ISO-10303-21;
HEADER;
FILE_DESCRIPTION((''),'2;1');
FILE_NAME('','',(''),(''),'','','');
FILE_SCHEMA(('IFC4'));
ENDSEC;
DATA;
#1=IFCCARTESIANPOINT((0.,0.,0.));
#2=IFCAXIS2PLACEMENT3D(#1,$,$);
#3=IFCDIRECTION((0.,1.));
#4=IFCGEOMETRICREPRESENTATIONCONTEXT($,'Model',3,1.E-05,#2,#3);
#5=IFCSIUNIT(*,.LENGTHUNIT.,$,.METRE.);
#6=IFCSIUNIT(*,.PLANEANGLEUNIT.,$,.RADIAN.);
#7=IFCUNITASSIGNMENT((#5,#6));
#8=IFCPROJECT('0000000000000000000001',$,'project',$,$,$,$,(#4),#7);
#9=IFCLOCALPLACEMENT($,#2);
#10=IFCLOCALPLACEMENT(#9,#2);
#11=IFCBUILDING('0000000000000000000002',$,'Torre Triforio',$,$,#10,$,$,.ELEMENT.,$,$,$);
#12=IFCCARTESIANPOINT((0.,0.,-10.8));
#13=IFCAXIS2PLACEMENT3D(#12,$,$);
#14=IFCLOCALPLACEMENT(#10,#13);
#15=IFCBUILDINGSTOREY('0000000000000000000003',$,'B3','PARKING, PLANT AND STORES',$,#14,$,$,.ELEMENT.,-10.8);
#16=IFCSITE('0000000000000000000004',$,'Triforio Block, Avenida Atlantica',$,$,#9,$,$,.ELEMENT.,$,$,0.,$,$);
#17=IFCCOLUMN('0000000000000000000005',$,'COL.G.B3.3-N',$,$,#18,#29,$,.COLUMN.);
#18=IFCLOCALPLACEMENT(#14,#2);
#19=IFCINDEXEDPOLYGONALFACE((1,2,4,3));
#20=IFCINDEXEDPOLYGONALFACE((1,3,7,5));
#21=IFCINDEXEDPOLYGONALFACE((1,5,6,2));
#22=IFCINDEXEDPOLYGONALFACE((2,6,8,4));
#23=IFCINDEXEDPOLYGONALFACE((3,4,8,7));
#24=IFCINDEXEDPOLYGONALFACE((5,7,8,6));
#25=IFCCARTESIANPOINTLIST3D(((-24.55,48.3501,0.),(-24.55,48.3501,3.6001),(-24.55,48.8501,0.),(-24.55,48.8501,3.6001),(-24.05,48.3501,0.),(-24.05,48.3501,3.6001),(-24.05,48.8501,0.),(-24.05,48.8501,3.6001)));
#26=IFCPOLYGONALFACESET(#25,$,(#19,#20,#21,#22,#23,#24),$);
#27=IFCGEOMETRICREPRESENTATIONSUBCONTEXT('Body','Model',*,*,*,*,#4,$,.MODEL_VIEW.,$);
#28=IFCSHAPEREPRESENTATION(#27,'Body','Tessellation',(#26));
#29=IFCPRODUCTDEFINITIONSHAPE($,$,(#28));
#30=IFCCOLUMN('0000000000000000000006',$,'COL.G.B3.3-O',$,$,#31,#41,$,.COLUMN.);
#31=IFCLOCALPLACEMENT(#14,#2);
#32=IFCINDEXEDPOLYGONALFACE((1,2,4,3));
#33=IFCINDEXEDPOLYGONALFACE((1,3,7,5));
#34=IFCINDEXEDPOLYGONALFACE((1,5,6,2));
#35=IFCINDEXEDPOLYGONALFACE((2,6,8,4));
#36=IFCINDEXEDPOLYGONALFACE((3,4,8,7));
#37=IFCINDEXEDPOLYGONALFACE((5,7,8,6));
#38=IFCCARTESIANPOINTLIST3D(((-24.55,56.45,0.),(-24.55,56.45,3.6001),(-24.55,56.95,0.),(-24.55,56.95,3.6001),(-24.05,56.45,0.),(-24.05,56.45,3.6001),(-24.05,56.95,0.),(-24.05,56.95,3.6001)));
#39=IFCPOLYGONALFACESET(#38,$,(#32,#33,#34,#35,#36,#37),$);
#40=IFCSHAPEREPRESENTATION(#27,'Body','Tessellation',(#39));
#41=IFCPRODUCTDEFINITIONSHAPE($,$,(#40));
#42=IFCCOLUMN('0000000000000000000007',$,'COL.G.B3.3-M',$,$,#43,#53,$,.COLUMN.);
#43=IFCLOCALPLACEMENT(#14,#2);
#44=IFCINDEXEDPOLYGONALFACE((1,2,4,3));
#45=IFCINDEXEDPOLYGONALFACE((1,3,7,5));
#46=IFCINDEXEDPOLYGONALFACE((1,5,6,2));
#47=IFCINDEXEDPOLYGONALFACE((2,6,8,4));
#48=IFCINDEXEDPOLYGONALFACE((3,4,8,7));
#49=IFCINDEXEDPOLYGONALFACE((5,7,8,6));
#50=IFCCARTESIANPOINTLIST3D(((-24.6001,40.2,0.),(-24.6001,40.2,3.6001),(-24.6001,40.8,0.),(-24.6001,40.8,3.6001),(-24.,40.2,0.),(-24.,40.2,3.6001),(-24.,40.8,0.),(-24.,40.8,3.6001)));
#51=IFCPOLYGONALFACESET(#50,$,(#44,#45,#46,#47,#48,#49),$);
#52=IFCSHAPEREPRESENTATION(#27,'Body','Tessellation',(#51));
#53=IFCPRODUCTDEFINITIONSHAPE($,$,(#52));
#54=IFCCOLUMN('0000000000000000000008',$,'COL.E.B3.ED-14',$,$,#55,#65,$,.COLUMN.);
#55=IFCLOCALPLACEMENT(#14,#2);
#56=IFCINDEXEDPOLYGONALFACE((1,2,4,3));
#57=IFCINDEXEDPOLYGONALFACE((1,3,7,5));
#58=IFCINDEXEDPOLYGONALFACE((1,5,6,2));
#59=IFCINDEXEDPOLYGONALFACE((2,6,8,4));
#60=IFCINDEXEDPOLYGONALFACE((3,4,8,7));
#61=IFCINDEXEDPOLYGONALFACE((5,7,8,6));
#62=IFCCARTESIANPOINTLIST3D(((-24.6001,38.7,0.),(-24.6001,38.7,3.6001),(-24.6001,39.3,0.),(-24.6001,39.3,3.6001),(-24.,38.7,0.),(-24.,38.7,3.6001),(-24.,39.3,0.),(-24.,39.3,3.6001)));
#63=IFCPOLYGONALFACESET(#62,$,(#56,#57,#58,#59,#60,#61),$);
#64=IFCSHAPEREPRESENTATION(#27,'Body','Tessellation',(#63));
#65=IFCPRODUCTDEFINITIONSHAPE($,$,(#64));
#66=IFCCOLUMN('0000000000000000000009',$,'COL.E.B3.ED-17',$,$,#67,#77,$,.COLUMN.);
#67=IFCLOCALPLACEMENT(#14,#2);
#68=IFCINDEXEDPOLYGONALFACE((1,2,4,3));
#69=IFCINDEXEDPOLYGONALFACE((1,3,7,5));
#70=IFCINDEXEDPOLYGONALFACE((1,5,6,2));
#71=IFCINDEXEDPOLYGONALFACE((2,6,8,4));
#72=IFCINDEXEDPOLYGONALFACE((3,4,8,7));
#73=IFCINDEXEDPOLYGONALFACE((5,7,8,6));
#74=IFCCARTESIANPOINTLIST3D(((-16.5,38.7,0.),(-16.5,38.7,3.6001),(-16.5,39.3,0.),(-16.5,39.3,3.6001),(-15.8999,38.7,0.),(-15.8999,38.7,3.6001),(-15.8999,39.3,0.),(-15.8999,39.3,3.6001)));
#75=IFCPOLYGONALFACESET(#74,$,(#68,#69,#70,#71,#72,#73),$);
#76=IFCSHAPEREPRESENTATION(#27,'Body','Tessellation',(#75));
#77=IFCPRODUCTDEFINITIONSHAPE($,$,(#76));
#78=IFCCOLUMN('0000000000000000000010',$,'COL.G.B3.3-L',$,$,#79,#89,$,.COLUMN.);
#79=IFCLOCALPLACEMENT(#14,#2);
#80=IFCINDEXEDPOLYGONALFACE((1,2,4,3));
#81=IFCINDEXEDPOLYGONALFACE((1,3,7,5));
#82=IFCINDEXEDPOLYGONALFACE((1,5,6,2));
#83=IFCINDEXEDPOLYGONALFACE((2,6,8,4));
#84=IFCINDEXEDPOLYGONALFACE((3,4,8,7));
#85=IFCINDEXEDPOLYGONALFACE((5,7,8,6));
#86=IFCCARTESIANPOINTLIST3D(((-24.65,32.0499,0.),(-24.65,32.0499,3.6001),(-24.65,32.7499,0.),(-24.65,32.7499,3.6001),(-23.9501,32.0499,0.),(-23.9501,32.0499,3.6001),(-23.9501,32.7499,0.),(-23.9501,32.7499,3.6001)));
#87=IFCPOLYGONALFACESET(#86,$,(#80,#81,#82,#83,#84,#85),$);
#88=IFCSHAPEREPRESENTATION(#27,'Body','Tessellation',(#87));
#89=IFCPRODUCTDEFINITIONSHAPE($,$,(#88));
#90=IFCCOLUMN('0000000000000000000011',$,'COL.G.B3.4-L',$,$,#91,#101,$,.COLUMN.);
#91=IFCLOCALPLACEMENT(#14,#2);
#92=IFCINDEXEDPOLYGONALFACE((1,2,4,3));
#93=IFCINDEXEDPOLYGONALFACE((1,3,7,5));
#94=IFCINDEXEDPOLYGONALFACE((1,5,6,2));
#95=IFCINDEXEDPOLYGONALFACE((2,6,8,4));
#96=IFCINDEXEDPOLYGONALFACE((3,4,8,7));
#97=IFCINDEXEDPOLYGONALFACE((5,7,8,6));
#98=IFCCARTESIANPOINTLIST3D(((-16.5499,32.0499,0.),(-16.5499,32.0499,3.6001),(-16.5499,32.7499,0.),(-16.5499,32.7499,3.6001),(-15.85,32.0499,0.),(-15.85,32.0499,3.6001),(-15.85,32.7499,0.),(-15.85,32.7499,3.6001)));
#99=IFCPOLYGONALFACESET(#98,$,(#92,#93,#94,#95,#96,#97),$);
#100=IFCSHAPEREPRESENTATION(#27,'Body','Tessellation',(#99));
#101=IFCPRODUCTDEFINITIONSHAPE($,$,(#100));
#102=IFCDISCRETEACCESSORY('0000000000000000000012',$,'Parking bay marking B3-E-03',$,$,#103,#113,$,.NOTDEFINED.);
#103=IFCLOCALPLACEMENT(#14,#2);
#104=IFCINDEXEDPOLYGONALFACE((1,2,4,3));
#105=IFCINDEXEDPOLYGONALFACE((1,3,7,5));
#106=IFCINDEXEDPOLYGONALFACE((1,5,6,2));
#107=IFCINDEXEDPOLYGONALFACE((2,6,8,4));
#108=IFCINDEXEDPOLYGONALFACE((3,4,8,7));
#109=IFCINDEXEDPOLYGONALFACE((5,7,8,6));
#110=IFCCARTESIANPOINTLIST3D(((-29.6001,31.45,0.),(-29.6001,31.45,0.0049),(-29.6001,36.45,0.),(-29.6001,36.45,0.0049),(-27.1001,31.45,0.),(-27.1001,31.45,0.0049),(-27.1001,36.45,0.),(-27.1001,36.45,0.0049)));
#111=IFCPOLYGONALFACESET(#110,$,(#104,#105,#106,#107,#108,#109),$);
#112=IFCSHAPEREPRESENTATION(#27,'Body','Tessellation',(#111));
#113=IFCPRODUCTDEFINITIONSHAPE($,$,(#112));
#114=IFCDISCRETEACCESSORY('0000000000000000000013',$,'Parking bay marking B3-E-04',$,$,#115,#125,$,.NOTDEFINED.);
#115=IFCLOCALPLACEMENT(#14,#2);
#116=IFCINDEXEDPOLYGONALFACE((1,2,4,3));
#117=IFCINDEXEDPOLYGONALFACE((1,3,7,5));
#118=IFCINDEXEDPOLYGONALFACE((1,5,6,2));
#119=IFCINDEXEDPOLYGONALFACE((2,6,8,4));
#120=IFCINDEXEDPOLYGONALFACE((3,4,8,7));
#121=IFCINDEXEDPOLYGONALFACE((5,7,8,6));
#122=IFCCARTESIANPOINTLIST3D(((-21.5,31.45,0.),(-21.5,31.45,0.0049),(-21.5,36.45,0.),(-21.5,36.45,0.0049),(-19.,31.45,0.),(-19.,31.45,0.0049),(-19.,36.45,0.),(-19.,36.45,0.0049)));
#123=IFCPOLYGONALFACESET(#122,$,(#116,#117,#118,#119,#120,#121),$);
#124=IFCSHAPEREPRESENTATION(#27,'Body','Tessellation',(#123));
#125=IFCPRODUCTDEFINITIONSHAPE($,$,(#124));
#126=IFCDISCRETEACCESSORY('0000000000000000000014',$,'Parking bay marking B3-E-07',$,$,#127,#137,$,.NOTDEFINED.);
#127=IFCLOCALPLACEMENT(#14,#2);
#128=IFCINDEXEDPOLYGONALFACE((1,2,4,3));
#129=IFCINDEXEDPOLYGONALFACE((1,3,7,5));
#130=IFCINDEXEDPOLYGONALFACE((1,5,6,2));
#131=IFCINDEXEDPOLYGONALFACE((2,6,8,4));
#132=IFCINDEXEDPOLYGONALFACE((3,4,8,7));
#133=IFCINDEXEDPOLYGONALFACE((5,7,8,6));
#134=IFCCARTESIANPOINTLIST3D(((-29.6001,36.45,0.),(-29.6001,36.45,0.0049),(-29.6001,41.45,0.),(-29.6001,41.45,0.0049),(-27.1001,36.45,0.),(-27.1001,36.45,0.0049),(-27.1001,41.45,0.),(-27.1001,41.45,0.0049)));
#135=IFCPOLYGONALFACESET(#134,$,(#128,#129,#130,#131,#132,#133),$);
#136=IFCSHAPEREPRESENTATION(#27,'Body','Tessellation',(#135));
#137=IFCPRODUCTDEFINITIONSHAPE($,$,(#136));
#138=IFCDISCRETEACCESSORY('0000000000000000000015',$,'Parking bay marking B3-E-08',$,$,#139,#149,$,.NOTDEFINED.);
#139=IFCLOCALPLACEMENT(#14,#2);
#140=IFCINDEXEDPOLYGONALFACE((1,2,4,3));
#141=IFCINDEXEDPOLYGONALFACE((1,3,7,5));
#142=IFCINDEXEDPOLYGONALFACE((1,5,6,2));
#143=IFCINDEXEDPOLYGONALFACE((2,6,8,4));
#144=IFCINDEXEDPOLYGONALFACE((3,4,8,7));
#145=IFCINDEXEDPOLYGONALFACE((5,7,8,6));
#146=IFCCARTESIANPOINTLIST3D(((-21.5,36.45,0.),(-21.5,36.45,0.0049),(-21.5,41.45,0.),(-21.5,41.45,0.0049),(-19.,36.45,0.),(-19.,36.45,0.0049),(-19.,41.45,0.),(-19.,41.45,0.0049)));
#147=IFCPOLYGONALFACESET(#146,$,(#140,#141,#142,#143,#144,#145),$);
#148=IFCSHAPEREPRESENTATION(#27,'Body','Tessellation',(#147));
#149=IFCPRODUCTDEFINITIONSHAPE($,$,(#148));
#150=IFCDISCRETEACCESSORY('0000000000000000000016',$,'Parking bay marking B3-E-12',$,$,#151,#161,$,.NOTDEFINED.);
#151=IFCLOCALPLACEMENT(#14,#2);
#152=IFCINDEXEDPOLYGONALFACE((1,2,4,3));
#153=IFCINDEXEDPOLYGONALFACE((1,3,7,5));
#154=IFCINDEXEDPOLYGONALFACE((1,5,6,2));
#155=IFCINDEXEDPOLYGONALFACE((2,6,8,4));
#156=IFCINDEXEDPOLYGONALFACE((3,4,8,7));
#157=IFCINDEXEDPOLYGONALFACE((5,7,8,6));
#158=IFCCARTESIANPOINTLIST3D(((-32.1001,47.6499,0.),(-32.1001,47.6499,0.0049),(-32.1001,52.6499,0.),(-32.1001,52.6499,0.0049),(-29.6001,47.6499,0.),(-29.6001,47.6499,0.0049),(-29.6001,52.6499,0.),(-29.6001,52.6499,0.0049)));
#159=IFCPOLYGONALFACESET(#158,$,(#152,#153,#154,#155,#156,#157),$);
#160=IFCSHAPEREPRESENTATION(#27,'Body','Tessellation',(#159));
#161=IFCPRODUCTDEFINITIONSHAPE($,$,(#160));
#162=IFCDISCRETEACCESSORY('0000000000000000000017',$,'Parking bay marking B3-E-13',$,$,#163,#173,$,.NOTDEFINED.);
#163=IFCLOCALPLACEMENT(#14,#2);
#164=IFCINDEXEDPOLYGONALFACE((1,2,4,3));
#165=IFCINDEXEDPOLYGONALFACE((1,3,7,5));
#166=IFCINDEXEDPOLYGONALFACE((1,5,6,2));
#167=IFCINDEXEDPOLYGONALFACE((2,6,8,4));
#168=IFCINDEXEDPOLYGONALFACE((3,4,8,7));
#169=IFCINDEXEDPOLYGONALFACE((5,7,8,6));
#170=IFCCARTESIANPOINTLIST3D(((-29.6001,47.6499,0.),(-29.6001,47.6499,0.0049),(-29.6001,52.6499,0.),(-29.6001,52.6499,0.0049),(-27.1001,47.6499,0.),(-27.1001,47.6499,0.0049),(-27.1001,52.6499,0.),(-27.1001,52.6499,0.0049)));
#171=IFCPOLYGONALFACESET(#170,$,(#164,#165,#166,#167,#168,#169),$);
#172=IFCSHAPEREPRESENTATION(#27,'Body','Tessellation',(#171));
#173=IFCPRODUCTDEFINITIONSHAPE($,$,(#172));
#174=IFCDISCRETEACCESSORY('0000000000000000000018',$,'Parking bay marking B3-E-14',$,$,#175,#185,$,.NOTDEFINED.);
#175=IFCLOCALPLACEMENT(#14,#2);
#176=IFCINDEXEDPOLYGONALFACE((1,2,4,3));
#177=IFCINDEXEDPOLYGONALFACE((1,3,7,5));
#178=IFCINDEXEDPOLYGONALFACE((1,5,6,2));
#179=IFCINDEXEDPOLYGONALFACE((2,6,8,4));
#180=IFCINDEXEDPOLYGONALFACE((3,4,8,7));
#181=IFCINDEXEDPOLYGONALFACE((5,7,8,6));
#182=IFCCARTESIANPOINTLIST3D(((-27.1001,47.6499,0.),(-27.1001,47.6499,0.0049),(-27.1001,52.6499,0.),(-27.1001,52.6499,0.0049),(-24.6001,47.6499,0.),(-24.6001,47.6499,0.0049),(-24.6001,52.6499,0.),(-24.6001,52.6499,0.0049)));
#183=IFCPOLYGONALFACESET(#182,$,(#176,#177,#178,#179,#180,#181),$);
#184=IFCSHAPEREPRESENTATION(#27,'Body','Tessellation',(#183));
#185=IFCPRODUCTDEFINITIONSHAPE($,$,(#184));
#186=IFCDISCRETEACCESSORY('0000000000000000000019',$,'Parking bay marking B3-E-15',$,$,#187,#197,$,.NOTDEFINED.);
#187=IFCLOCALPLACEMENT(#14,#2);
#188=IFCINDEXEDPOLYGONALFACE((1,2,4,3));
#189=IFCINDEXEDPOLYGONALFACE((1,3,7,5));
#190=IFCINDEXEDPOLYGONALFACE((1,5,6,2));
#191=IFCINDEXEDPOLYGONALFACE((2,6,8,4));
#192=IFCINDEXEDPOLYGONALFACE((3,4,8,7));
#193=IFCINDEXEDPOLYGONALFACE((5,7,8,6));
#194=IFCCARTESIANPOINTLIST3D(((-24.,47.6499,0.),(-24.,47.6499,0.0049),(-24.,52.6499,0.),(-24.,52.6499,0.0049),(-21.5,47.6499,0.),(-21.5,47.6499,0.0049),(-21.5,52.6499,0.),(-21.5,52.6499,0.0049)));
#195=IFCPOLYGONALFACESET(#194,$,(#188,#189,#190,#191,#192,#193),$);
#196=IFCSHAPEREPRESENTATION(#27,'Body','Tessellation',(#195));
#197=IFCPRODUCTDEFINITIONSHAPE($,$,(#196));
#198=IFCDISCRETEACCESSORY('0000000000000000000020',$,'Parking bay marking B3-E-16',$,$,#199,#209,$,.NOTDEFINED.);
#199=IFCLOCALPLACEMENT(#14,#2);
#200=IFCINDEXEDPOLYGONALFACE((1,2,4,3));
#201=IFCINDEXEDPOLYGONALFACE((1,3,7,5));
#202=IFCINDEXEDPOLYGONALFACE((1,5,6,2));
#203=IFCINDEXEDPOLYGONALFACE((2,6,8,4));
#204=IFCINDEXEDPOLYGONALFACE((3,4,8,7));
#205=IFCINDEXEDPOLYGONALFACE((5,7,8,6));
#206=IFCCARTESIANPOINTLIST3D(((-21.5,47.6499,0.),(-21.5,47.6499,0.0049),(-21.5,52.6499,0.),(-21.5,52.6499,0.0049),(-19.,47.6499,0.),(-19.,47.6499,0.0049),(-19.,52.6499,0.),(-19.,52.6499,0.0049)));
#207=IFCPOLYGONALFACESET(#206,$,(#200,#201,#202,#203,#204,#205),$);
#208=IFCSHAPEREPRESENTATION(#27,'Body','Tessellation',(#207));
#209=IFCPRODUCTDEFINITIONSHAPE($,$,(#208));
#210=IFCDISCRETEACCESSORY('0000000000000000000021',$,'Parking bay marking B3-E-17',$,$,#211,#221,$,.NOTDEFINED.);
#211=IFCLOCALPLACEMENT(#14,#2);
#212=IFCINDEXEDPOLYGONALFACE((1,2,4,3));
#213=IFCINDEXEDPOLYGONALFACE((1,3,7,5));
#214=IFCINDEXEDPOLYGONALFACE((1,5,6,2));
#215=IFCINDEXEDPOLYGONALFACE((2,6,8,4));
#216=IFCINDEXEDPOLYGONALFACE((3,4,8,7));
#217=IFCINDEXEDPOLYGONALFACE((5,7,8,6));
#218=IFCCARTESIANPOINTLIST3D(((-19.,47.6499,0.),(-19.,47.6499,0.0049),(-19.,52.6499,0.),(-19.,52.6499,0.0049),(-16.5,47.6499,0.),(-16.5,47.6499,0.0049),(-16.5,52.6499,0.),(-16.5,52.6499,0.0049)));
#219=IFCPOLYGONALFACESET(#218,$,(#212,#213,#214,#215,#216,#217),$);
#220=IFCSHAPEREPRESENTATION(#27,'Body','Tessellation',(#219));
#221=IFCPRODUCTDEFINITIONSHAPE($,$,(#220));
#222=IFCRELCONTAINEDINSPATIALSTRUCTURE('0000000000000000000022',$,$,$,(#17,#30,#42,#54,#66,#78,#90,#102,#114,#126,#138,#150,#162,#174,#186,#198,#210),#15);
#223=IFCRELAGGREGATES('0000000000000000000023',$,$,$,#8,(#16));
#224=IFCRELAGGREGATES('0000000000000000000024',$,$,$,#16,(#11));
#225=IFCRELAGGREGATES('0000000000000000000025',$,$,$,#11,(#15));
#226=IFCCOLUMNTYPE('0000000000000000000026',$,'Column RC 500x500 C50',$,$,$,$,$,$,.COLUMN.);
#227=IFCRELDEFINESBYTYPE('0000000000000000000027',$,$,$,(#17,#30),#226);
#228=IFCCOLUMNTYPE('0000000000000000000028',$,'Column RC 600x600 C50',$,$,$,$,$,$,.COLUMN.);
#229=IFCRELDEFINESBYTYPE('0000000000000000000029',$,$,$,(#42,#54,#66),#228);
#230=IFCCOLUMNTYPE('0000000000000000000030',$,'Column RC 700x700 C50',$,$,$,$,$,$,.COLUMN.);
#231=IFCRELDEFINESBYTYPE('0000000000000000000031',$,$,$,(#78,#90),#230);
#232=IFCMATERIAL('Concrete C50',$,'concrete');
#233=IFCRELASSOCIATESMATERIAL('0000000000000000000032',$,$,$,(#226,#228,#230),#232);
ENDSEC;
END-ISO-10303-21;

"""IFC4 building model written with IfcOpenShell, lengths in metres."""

from ifc_helpers import new_model, si_unit, direction, frame, origin, origin_2d, place, context, subcontext, project, spatial, rectangle, extrude, material, material_profile, profile_set, type_object, element, save


model = new_model("IFC4")

# Units and contexts
model_context = context("Model", 3, precision=1e-05, world=origin(), true_north=direction((0.0, 1.0)))
body_context = subcontext(model_context, "Body", "Model", "MODEL_VIEW")
ifc_project = project(units=[si_unit("LENGTHUNIT", "METRE"), si_unit("PLANEANGLEUNIT", "RADIAN")], contexts=[model_context])

# Site, building, storey
site_placement = place(None, origin())
site = spatial("IfcSite", under=ifc_project, at=site_placement, Name="Triforio Block, Avenida Atlantica", CompositionType="ELEMENT", RefElevation=0.0)
building_placement = place(site_placement, origin())
building = spatial("IfcBuilding", under=site, at=building_placement, Name="Torre Triforio", CompositionType="ELEMENT")
storey_placement = place(building_placement, frame((0.0, 0.0, -10.8)))
storey = spatial("IfcBuildingStorey", under=building, at=storey_placement, Name="B3", Description="PARKING, PLANT AND STORES", CompositionType="ELEMENT", Elevation=-10.8)

# Shared definitions
ifc_material_1 = material(Name="Concrete C50", Category="concrete")

# Columns
ifc_material_profile_1 = material_profile(ifc_material_1, rectangle(XDim=0.5, YDim=0.5, at=origin_2d()), Name="RC 500x500")
ifc_profile_set_1 = profile_set([ifc_material_profile_1], Name="Concrete C50")
column_type_1 = type_object("IfcColumnType", Name="Column RC 500x500 C50", PredefinedType="COLUMN", material=ifc_profile_set_1)
for number, where, z_axis, x_axis, name in (
    (1, (-24.3, 48.6001, 0.0), (0.0, 0.0, 1.0), (1.0, 0.0, 0.0), "COL.G.B3.3-N"),
    (2, (-24.3, 56.7, 0.0), (0.0, 0.0, 1.0), (1.0, 0.0, 0.0), "COL.G.B3.3-O"),
):
    element("IfcColumn", number, at=place(storey_placement, frame(where, z_axis=z_axis, x_axis=x_axis)), inside=storey, type_object=column_type_1, Name=name, PredefinedType="COLUMN", context=body_context, shape_type="SweptSolid", body=[
        extrude(rectangle(XDim=0.5, YDim=0.5, at=origin_2d()), origin(), (0.0, 0.0, 1.0), 3.6001),
    ])
ifc_material_profile_2 = material_profile(ifc_material_1, rectangle(XDim=0.6001, YDim=0.6001, at=origin_2d()), Name="RC 600x600")
ifc_profile_set_2 = profile_set([ifc_material_profile_2], Name="Concrete C50")
column_type_2 = type_object("IfcColumnType", Name="Column RC 600x600 C50", PredefinedType="COLUMN", material=ifc_profile_set_2)
for number, where, z_axis, x_axis, name in (
    (3, (-24.3, 40.5, 0.0), (0.0, 0.0, 1.0), (1.0, 0.0, 0.0), "COL.G.B3.3-M"),
    (4, (-24.3, 39.0, 0.0), (0.0, 0.0, 1.0), (1.0, 0.0, 0.0), "COL.E.B3.ED-14"),
    (5, (-16.2, 39.0, 0.0), (0.0, 0.0, 1.0), (1.0, 0.0, 0.0), "COL.E.B3.ED-17"),
):
    element("IfcColumn", number, at=place(storey_placement, frame(where, z_axis=z_axis, x_axis=x_axis)), inside=storey, type_object=column_type_2, Name=name, PredefinedType="COLUMN", context=body_context, shape_type="SweptSolid", body=[
        extrude(rectangle(XDim=0.6001, YDim=0.6001, at=origin_2d()), origin(), (0.0, 0.0, 1.0), 3.6001),
    ])
ifc_material_profile_3 = material_profile(ifc_material_1, rectangle(XDim=0.7, YDim=0.7, at=origin_2d()), Name="RC 700x700")
ifc_profile_set_3 = profile_set([ifc_material_profile_3], Name="Concrete C50")
column_type_3 = type_object("IfcColumnType", Name="Column RC 700x700 C50", PredefinedType="COLUMN", material=ifc_profile_set_3)
for number, where, z_axis, x_axis, name in (
    (6, (-24.3, 32.3999, 0.0), (0.0, 0.0, 1.0), (1.0, 0.0, 0.0), "COL.G.B3.3-L"),
    (7, (-16.2, 32.3999, 0.0), (0.0, 0.0, 1.0), (1.0, 0.0, 0.0), "COL.G.B3.4-L"),
):
    element("IfcColumn", number, at=place(storey_placement, frame(where, z_axis=z_axis, x_axis=x_axis)), inside=storey, type_object=column_type_3, Name=name, PredefinedType="COLUMN", context=body_context, shape_type="SweptSolid", body=[
        extrude(rectangle(XDim=0.7, YDim=0.7, at=origin_2d()), origin(), (0.0, 0.0, 1.0), 3.6001),
    ])

# Discrete accessories
for number, where, z_axis, x_axis, name in (
    (8, (-28.3501, 33.95, 0.0), (0.0, 0.0, 1.0), (1.0, 0.0, 0.0), "Parking bay marking B3-E-03"),
    (9, (-20.25, 33.95, 0.0), (0.0, 0.0, 1.0), (1.0, 0.0, 0.0), "Parking bay marking B3-E-04"),
    (10, (-28.3501, 38.95, 0.0), (0.0, 0.0, 1.0), (1.0, 0.0, 0.0), "Parking bay marking B3-E-07"),
    (11, (-20.25, 38.95, 0.0), (0.0, 0.0, 1.0), (1.0, 0.0, 0.0), "Parking bay marking B3-E-08"),
    (12, (-30.8501, 50.1499, 0.0), (0.0, 0.0, 1.0), (1.0, 0.0, 0.0), "Parking bay marking B3-E-12"),
    (13, (-28.3501, 50.1499, 0.0), (0.0, 0.0, 1.0), (1.0, 0.0, 0.0), "Parking bay marking B3-E-13"),
    (14, (-25.8501, 50.1499, 0.0), (0.0, 0.0, 1.0), (1.0, 0.0, 0.0), "Parking bay marking B3-E-14"),
    (15, (-22.75, 50.1499, 0.0), (0.0, 0.0, 1.0), (1.0, 0.0, 0.0), "Parking bay marking B3-E-15"),
    (16, (-20.25, 50.1499, 0.0), (0.0, 0.0, 1.0), (1.0, 0.0, 0.0), "Parking bay marking B3-E-16"),
    (17, (-17.75, 50.1499, 0.0), (0.0, 0.0, 1.0), (1.0, 0.0, 0.0), "Parking bay marking B3-E-17"),
):
    element("IfcDiscreteAccessory", number, at=place(storey_placement, frame(where, z_axis=z_axis, x_axis=x_axis)), inside=storey, Name=name, PredefinedType="NOTDEFINED", context=body_context, shape_type="SweptSolid", body=[
        extrude(rectangle(XDim=2.5, YDim=5.0, at=origin_2d()), origin(), (0.0, 0.0, 1.0), 0.0049),
    ])

save(model, "model.ifc")
